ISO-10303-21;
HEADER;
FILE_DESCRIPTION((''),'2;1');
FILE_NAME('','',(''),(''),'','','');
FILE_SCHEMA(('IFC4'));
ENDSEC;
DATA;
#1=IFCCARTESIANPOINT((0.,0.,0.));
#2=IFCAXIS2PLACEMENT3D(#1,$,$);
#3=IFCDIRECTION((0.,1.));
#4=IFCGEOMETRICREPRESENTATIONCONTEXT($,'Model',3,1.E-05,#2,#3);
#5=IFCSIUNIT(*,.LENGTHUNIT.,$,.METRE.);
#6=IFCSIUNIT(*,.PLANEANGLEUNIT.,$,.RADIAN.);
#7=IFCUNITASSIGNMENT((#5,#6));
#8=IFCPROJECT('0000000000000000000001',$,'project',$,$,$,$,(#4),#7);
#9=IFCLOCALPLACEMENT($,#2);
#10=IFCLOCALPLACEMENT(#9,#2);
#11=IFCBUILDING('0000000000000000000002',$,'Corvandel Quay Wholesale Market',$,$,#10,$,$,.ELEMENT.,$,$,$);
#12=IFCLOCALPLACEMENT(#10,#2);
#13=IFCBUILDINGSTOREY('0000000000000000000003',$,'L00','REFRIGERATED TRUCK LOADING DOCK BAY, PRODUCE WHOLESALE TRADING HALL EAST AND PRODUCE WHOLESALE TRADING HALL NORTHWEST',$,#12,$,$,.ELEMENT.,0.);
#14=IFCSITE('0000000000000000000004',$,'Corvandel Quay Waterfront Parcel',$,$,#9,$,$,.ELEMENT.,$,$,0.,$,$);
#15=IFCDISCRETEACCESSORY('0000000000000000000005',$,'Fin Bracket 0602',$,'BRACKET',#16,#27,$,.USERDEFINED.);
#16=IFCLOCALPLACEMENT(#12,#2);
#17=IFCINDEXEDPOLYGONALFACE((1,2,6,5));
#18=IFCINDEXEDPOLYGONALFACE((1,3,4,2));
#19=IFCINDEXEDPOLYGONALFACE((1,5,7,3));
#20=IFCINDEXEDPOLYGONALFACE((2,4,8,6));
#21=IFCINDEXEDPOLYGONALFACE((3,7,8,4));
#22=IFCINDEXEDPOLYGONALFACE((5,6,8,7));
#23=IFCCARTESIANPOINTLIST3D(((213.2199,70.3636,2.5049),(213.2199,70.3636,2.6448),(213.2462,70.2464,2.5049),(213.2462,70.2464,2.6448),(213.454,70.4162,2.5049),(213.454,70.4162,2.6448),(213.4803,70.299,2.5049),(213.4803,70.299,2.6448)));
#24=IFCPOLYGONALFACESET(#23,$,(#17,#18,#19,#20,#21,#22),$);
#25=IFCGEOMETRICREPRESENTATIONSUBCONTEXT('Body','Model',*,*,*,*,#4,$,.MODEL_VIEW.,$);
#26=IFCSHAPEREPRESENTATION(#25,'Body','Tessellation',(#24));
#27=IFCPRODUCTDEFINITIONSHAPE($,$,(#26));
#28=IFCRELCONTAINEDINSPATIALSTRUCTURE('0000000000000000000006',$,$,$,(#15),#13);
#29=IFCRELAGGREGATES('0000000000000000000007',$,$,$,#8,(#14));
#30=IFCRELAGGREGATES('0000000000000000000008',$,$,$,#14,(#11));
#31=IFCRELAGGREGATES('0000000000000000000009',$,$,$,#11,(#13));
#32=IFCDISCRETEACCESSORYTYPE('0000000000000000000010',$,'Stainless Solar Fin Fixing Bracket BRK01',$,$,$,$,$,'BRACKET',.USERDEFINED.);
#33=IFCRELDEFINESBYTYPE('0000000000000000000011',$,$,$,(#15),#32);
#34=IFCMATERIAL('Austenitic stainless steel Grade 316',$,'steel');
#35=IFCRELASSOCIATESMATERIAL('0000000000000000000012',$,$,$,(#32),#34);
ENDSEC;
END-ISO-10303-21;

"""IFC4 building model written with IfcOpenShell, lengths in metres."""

from ifc_helpers import new_model, si_unit, direction, frame, origin, origin_2d, place, context, subcontext, project, spatial, rectangle, extrude, material, type_object, element, save


model = new_model("IFC4")

# Units and contexts
model_context = context("Model", 3, precision=1e-05, world=origin(), true_north=direction((0.0, 1.0)))
body_context = subcontext(model_context, "Body", "Model", "MODEL_VIEW")
ifc_project = project(units=[si_unit("LENGTHUNIT", "METRE"), si_unit("PLANEANGLEUNIT", "RADIAN")], contexts=[model_context])

# Site, building, storey
site_placement = place(None, origin())
site = spatial("IfcSite", under=ifc_project, at=site_placement, Name="Corvandel Quay Waterfront Parcel", CompositionType="ELEMENT", RefElevation=0.0)
building_placement = place(site_placement, origin())
building = spatial("IfcBuilding", under=site, at=building_placement, Name="Corvandel Quay Wholesale Market", CompositionType="ELEMENT")
storey_placement = place(building_placement, origin())
storey = spatial("IfcBuildingStorey", under=building, at=storey_placement, Name="L00", Description="REFRIGERATED TRUCK LOADING DOCK BAY, PRODUCE WHOLESALE TRADING HALL EAST AND PRODUCE WHOLESALE TRADING HALL NORTHWEST", CompositionType="ELEMENT", Elevation=0.0)

# Discrete accessory
ifc_material_1 = material(Name="Austenitic stainless steel Grade 316", Category="steel")
discrete_accessory_type = type_object("IfcDiscreteAccessoryType", Name="Stainless Solar Fin Fixing Bracket BRK01", ElementType="BRACKET", PredefinedType="USERDEFINED", material=ifc_material_1)
for number, where, z_axis, x_axis, name in (
    (1, (213.3501, 70.3313, 2.5049), (0.0, 0.0, 1.0), (0.975726, 0.218995, 0.0), "Fin Bracket 0602"),
):
    element("IfcDiscreteAccessory", number, at=place(storey_placement, frame(where, z_axis=z_axis, x_axis=x_axis)), inside=storey, type_object=discrete_accessory_type, Name=name, ObjectType="BRACKET", PredefinedType="USERDEFINED", context=body_context, shape_type="SweptSolid", body=[
        extrude(rectangle(XDim=0.24, YDim=0.1201, at=origin_2d()), origin(), (0.0, 0.0, 1.0), 0.1399),
    ])

save(model, "model.ifc")
